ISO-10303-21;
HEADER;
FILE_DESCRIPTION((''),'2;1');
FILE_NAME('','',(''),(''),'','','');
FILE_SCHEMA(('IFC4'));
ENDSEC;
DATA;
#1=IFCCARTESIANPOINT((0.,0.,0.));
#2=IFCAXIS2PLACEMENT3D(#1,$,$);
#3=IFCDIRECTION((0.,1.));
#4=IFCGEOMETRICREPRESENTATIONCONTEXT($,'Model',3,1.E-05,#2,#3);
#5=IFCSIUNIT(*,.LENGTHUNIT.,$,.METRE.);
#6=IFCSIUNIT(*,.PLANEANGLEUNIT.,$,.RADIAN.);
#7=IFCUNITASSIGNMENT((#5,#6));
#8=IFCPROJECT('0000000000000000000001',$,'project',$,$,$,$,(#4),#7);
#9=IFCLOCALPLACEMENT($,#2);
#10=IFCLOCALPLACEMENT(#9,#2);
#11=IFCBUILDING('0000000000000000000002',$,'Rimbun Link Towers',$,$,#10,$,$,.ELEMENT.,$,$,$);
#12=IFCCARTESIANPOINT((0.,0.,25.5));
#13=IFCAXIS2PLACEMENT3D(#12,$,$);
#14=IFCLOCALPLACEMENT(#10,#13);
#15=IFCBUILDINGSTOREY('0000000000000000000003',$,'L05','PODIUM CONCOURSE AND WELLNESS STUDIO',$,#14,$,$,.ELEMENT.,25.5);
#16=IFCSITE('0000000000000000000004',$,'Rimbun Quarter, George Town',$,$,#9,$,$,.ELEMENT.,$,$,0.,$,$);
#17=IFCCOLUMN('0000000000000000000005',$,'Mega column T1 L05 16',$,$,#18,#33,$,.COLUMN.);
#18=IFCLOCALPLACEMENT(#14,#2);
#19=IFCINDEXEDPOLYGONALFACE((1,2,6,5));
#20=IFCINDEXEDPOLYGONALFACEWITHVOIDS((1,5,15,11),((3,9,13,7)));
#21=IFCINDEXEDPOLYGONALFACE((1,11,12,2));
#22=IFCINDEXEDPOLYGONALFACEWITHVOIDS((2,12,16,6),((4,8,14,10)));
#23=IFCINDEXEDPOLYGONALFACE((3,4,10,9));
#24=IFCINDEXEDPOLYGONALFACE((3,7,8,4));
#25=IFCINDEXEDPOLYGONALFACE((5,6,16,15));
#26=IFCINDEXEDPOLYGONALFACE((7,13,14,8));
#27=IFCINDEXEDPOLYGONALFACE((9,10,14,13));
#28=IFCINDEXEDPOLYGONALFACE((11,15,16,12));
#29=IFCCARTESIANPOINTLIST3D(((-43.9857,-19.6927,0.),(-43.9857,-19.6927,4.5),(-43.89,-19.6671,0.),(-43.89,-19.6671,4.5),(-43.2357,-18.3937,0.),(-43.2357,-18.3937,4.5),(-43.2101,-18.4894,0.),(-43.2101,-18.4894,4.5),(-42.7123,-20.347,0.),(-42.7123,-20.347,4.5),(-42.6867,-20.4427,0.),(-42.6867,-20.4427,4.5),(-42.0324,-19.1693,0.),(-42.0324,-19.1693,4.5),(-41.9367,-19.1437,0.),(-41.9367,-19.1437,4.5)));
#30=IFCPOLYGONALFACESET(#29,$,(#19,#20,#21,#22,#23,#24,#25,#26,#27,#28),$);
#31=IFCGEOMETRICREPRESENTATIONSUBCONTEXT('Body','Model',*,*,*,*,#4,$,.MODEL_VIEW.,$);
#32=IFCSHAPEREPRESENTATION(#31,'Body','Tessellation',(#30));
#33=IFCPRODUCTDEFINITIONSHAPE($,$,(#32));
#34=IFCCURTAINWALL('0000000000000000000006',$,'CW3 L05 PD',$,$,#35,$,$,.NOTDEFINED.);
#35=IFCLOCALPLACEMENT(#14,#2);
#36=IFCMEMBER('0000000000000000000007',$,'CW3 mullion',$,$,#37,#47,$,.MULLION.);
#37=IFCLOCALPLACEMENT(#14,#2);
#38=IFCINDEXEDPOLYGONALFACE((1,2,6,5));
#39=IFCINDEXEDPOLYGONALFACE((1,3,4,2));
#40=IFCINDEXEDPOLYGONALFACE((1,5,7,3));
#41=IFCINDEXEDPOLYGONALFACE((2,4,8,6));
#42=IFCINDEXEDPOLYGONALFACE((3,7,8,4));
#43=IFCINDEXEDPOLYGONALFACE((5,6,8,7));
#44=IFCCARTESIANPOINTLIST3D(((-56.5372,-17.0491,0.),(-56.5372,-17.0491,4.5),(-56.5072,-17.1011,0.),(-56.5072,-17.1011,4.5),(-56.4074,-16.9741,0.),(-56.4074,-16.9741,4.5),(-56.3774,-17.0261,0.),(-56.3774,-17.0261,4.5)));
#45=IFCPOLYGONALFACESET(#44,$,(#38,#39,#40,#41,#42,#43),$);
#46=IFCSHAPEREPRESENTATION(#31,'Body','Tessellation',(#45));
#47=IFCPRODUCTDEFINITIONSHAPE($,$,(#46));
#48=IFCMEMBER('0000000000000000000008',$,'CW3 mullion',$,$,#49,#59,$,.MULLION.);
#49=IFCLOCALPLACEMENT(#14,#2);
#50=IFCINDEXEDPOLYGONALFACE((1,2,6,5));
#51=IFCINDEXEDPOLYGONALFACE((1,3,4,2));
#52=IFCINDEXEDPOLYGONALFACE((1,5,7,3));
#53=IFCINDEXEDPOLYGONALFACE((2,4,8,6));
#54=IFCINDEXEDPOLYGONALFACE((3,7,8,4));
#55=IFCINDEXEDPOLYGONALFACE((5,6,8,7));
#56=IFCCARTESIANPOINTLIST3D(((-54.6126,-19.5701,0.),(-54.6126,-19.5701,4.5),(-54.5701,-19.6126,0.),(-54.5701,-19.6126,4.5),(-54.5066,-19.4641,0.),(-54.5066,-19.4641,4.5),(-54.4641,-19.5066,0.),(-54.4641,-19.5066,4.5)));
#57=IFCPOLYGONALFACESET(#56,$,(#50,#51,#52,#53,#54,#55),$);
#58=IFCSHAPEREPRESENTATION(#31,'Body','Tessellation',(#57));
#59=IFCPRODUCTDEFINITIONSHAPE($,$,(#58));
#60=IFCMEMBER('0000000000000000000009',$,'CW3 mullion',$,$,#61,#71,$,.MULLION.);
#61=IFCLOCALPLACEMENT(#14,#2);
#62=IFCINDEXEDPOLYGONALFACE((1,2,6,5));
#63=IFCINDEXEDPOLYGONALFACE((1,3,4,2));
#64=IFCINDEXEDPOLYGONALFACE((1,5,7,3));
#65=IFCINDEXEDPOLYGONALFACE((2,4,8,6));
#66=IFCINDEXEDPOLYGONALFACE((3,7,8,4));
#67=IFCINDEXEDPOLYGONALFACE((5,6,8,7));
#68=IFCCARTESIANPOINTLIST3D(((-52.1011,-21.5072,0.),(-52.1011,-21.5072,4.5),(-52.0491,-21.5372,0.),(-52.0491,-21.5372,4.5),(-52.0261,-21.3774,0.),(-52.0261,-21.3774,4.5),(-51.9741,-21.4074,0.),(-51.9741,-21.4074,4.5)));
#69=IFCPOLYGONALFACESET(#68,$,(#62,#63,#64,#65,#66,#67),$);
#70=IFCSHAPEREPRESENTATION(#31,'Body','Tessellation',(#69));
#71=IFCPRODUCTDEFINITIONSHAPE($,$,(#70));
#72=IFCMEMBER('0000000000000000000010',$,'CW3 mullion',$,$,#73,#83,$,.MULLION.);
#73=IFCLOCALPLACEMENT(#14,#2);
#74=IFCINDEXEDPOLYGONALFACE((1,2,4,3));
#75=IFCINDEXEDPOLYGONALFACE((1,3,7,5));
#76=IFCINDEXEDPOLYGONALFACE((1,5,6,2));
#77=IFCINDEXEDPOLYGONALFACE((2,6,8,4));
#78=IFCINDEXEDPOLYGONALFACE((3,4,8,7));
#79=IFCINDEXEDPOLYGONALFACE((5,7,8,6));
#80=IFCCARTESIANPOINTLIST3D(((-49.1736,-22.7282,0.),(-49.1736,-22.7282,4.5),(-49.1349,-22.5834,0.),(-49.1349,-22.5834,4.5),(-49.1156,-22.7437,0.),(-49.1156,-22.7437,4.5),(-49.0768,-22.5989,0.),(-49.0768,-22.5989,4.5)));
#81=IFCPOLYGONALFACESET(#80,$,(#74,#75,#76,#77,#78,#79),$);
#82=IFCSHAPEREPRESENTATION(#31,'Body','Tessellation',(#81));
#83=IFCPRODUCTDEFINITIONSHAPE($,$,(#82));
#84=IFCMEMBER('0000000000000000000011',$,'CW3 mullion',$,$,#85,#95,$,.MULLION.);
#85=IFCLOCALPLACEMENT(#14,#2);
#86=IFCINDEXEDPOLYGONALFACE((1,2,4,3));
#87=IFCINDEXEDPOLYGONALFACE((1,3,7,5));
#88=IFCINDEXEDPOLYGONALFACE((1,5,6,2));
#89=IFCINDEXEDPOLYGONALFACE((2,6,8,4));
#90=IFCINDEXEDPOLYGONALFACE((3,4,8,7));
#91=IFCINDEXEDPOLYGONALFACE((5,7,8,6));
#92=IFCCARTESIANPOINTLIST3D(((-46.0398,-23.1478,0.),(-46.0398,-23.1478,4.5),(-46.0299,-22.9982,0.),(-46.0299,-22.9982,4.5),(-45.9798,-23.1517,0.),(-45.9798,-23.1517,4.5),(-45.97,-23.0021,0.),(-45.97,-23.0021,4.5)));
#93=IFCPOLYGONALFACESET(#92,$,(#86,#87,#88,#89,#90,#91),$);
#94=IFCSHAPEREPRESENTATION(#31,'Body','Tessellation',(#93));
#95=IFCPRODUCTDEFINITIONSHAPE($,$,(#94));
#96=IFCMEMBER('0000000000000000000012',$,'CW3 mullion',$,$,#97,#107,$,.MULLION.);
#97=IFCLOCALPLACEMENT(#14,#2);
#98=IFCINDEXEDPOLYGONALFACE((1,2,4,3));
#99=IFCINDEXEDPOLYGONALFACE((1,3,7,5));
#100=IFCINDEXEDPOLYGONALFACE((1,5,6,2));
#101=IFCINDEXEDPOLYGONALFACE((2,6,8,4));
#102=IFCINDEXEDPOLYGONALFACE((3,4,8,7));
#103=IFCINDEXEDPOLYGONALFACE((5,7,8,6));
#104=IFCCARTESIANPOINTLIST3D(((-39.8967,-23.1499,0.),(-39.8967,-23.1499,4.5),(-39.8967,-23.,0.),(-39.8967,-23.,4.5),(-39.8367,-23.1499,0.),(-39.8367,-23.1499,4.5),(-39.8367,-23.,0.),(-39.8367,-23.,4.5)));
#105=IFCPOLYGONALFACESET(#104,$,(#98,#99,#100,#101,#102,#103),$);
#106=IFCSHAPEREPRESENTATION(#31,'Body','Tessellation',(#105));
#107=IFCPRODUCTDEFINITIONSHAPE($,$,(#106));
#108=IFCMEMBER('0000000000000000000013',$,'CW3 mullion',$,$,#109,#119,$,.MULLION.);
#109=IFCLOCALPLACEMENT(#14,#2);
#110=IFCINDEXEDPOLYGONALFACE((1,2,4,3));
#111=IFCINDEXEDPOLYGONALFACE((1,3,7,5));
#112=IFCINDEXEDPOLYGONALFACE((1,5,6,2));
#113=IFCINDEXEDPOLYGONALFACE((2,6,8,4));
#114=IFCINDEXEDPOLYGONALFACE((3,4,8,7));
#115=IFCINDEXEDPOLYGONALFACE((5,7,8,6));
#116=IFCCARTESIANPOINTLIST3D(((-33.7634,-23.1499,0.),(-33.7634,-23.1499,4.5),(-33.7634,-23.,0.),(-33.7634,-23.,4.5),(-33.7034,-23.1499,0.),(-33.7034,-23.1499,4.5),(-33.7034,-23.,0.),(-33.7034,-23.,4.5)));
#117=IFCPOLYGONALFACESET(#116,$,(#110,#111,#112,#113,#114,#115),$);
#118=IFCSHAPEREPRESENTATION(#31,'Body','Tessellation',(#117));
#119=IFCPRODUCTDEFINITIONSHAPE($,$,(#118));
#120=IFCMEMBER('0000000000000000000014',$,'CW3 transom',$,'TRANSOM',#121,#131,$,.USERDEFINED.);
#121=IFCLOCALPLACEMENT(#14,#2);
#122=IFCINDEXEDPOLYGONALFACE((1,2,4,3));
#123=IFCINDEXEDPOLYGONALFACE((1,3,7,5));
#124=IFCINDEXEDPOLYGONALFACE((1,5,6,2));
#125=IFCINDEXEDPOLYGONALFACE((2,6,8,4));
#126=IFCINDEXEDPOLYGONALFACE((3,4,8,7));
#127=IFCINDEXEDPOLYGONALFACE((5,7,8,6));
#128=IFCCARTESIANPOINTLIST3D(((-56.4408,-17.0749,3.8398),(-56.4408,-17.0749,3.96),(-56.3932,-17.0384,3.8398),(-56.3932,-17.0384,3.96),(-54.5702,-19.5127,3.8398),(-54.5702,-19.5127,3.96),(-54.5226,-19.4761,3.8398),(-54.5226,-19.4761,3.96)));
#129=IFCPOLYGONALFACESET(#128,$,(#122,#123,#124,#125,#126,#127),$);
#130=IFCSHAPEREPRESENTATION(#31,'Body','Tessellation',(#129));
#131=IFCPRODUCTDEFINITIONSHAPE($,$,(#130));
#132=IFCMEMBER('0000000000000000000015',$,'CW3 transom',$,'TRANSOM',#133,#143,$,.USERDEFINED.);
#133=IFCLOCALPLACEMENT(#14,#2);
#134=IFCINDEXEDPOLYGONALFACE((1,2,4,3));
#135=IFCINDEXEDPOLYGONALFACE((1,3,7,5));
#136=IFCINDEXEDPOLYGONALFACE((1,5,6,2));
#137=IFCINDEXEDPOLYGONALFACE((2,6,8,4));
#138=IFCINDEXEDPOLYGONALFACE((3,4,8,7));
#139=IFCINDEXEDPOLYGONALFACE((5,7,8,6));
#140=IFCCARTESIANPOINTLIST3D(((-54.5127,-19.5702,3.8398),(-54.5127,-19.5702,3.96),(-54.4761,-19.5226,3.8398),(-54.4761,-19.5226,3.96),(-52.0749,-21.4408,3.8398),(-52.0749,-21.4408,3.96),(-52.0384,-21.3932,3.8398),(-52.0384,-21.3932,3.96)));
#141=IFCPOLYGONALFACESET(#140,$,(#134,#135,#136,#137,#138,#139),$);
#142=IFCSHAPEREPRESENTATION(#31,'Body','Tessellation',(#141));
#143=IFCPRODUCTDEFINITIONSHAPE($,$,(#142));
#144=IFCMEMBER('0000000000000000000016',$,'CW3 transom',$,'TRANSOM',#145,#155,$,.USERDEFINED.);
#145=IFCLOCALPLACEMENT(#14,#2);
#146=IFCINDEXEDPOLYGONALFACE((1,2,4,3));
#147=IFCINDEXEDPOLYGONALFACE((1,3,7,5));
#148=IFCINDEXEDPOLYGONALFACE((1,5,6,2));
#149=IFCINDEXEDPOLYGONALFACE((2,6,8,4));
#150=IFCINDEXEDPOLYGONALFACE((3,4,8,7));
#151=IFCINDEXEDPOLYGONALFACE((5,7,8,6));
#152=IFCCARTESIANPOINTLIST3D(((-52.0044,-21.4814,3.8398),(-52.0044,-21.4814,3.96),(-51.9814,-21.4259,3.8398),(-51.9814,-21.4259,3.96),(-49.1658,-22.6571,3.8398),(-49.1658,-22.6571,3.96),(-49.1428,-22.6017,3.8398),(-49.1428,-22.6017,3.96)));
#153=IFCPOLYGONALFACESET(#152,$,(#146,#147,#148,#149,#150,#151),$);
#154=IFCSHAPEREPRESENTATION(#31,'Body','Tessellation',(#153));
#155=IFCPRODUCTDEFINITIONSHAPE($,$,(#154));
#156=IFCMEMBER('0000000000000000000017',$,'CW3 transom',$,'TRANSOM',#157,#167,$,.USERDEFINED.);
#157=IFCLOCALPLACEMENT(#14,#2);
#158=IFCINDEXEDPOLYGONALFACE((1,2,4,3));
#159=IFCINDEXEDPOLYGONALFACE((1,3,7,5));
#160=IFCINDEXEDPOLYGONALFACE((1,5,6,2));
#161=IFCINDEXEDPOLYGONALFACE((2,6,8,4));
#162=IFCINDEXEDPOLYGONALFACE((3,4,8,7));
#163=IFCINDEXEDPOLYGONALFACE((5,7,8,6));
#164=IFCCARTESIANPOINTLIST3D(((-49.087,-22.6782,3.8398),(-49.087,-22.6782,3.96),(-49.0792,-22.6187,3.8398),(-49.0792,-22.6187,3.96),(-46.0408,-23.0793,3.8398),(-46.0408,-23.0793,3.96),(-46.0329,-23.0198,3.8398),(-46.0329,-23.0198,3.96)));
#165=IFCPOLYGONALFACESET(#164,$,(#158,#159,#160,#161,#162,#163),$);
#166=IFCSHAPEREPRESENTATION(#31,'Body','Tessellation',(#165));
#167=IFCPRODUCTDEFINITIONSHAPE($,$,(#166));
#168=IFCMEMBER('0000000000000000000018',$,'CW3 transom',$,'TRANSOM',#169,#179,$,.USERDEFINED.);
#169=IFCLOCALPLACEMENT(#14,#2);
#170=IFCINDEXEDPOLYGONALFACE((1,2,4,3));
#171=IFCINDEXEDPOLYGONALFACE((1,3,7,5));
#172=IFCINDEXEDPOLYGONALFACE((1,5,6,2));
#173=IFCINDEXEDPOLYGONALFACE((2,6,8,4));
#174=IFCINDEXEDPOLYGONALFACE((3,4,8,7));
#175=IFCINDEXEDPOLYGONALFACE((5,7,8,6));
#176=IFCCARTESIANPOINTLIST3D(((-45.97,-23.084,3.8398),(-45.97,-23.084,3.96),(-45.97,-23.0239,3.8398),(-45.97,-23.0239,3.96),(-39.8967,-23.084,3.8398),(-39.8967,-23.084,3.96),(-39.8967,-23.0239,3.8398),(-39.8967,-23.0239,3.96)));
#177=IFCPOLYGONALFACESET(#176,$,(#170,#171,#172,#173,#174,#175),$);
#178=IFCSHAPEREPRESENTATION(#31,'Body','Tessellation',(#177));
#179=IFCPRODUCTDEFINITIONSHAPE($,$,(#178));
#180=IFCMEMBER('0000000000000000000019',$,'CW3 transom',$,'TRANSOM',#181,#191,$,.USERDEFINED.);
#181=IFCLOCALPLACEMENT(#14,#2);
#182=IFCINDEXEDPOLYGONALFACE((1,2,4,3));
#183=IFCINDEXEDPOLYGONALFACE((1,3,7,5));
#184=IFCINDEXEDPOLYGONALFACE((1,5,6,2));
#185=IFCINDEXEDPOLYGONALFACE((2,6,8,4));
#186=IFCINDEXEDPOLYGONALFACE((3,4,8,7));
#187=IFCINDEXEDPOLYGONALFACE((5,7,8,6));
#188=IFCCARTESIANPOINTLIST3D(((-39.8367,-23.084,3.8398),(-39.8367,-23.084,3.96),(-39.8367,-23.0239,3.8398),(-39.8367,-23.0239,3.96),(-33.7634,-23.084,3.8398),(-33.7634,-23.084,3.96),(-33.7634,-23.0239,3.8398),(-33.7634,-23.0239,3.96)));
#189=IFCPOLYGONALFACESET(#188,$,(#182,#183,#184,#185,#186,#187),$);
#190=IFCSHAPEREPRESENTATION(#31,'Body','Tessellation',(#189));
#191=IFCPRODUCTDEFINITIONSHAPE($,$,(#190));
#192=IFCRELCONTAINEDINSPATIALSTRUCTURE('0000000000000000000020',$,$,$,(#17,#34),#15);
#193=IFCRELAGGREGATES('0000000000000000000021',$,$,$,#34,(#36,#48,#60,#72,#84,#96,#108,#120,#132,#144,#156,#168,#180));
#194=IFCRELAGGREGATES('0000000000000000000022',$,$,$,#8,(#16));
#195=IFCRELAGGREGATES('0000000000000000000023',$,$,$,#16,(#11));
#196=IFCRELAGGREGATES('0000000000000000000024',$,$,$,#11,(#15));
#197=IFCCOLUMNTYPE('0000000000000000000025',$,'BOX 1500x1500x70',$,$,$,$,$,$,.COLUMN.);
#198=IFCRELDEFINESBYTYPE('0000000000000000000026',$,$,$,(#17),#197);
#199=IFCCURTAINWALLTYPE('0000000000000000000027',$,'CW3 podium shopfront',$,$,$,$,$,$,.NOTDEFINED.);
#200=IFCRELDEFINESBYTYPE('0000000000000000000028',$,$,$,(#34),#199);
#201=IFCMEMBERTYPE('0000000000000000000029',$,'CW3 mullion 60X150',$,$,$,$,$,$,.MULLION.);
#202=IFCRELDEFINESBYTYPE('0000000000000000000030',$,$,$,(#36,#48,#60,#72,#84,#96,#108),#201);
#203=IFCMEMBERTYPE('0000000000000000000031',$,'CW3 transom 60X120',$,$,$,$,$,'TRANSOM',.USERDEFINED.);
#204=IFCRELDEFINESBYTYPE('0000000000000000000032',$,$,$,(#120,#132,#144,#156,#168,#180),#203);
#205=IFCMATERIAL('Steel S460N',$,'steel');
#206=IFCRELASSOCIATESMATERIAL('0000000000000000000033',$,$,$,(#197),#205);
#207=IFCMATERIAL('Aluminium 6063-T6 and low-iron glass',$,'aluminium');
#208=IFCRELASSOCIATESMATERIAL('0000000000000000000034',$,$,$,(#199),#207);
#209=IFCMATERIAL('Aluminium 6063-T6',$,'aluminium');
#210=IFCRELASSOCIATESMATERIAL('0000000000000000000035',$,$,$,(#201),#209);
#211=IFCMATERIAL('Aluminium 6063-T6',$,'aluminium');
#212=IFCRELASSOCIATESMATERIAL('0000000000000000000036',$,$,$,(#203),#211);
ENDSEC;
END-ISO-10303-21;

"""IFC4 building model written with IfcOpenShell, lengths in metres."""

from ifc_helpers import new_model, si_unit, direction, frame, origin, origin_2d, place, context, subcontext, project, spatial, rectangle, hollow_rectangle, extrude, material, material_profile, profile_set, type_object, element, aggregate, save


model = new_model("IFC4")

# Units and contexts
model_context = context("Model", 3, precision=1e-05, world=origin(), true_north=direction((0.0, 1.0)))
body_context = subcontext(model_context, "Body", "Model", "MODEL_VIEW")
ifc_project = project(units=[si_unit("LENGTHUNIT", "METRE"), si_unit("PLANEANGLEUNIT", "RADIAN")], contexts=[model_context])

# Site, building, storey
site_placement = place(None, origin())
site = spatial("IfcSite", under=ifc_project, at=site_placement, Name="Rimbun Quarter, George Town", CompositionType="ELEMENT", RefElevation=0.0)
building_placement = place(site_placement, origin())
building = spatial("IfcBuilding", under=site, at=building_placement, Name="Rimbun Link Towers", CompositionType="ELEMENT")
storey_placement = place(building_placement, frame((0.0, 0.0, 25.5)))
storey = spatial("IfcBuildingStorey", under=building, at=storey_placement, Name="L05", Description="PODIUM CONCOURSE AND WELLNESS STUDIO", CompositionType="ELEMENT", Elevation=25.5)

# Column
ifc_material_1 = material(Name="Steel S460N", Category="steel")
ifc_material_profile_1 = material_profile(ifc_material_1, hollow_rectangle(XDim=1.5, YDim=1.5, WallThickness=0.0701, at=origin_2d()), Name="BOX 1500x1500x70")
ifc_profile_set_1 = profile_set([ifc_material_profile_1], Name="Steel S460N")
column_type = type_object("IfcColumnType", Name="BOX 1500x1500x70", PredefinedType="COLUMN", material=ifc_profile_set_1)
column_placement = place(storey_placement, frame((-42.9612, -19.4182, 0.0), z_axis=(0.0, 0.0, 1.0), x_axis=(-0.5, -0.866025, 0.0)))
element("IfcColumn", 1, at=column_placement, inside=storey, type_object=column_type, Name="Mega column T1 L05 16", PredefinedType="COLUMN", context=body_context, shape_type="SweptSolid", body=[
    extrude(hollow_rectangle(XDim=1.5, YDim=1.5, WallThickness=0.0701, at=origin_2d()), origin(), (0.0, 0.0, 1.0), 4.5),
])

# Curtain wall, members
ifc_material_2 = material(Name="Aluminium 6063-T6 and low-iron glass", Category="aluminium")
curtain_wall_type = type_object("IfcCurtainWallType", Name="CW3 podium shopfront", PredefinedType="NOTDEFINED", material=ifc_material_2)
curtain_wall_placement = place(storey_placement, origin())
curtain_wall = element("IfcCurtainWall", 2, at=curtain_wall_placement, inside=storey, type_object=curtain_wall_type, Name="CW3 L05 PD", PredefinedType="NOTDEFINED")
ifc_material_3 = material(Name="Aluminium 6063-T6", Category="aluminium")
ifc_material_profile_2 = material_profile(ifc_material_3, rectangle(XDim=0.1499, YDim=0.0601, at=origin_2d()), Name="MULLION 60X150")
ifc_profile_set_2 = profile_set([ifc_material_profile_2], Name="Aluminium 6063-T6")
member_type_1 = type_object("IfcMemberType", Name="CW3 mullion 60X150", PredefinedType="MULLION", material=ifc_profile_set_2)
member_1_placement = place(storey_placement, frame((-56.4573, -17.0376, 0.0), z_axis=(0.0, 0.0, 1.0), x_axis=(-0.866029, -0.499994, 0.0)))
member_1 = element("IfcMember", 3, at=member_1_placement, type_object=member_type_1, Name="CW3 mullion", PredefinedType="MULLION", context=body_context, shape_type="SweptSolid", body=[
    extrude(rectangle(XDim=0.1499, YDim=0.0601, at=origin_2d()), origin(), (0.0, 0.0, 1.0), 4.5),
])
member_2_placement = place(storey_placement, frame((-54.5383, -19.5383, 0.0), z_axis=(0.0, 0.0, 1.0), x_axis=(-0.707107, -0.707107, 0.0)))
member_2 = element("IfcMember", 4, at=member_2_placement, type_object=member_type_1, Name="CW3 mullion", PredefinedType="MULLION", context=body_context, shape_type="SweptSolid", body=[
    extrude(rectangle(XDim=0.1499, YDim=0.0601, at=origin_2d()), origin(), (0.0, 0.0, 1.0), 4.5),
])
member_3_placement = place(storey_placement, frame((-52.0376, -21.4573, 0.0), z_axis=(0.0, 0.0, 1.0), x_axis=(-0.499994, -0.866029, 0.0)))
member_3 = element("IfcMember", 5, at=member_3_placement, type_object=member_type_1, Name="CW3 mullion", PredefinedType="MULLION", context=body_context, shape_type="SweptSolid", body=[
    extrude(rectangle(XDim=0.1499, YDim=0.0601, at=origin_2d()), origin(), (0.0, 0.0, 1.0), 4.5),
])
member_4_placement = place(storey_placement, frame((-49.1252, -22.6636, 0.0), z_axis=(0.0, 0.0, 1.0), x_axis=(-0.258819, -0.965926, 0.0)))
member_4 = element("IfcMember", 6, at=member_4_placement, type_object=member_type_1, Name="CW3 mullion", PredefinedType="MULLION", context=body_context, shape_type="SweptSolid", body=[
    extrude(rectangle(XDim=0.1499, YDim=0.0601, at=origin_2d()), origin(), (0.0, 0.0, 1.0), 4.5),
])
member_5_placement = place(storey_placement, frame((-46.0049, -23.075, 0.0), z_axis=(0.0, 0.0, 1.0), x_axis=(-0.065405, -0.997859, 0.0)))
member_5 = element("IfcMember", 7, at=member_5_placement, type_object=member_type_1, Name="CW3 mullion", PredefinedType="MULLION", context=body_context, shape_type="SweptSolid", body=[
    extrude(rectangle(XDim=0.1499, YDim=0.0601, at=origin_2d()), origin(), (0.0, 0.0, 1.0), 4.5),
])
member_6_placement = place(storey_placement, frame((-39.8667, -23.075, 0.0), z_axis=(0.0, 0.0, 1.0), x_axis=(0.0, -1.0, 0.0)))
member_6 = element("IfcMember", 8, at=member_6_placement, type_object=member_type_1, Name="CW3 mullion", PredefinedType="MULLION", context=body_context, shape_type="SweptSolid", body=[
    extrude(rectangle(XDim=0.1499, YDim=0.0601, at=origin_2d()), origin(), (0.0, 0.0, 1.0), 4.5),
])
member_7_placement = place(storey_placement, frame((-33.7334, -23.075, 0.0), z_axis=(0.0, 0.0, 1.0), x_axis=(0.0, -1.0, 0.0)))
member_7 = element("IfcMember", 9, at=member_7_placement, type_object=member_type_1, Name="CW3 mullion", PredefinedType="MULLION", context=body_context, shape_type="SweptSolid", body=[
    extrude(rectangle(XDim=0.1499, YDim=0.0601, at=origin_2d()), origin(), (0.0, 0.0, 1.0), 4.5),
])
ifc_material_4 = material(Name="Aluminium 6063-T6", Category="aluminium")
ifc_material_profile_3 = material_profile(ifc_material_4, rectangle(XDim=0.0601, YDim=0.1201, at=origin_2d()), Name="TRANSOM 60X120")
ifc_profile_set_3 = profile_set([ifc_material_profile_3], Name="Aluminium 6063-T6")
member_type_2 = type_object("IfcMemberType", Name="CW3 transom 60X120", ElementType="TRANSOM", PredefinedType="USERDEFINED", material=ifc_profile_set_3)
member_8_placement = place(storey_placement, frame((-54.5464, -19.4944, 3.8999), z_axis=(-0.608773, 0.793344, 0.0), x_axis=(-0.793344, -0.608773, 0.0)))
member_8 = element("IfcMember", 10, at=member_8_placement, type_object=member_type_2, Name="CW3 transom", ObjectType="TRANSOM", PredefinedType="USERDEFINED", context=body_context, shape_type="SweptSolid", body=[
    extrude(rectangle(XDim=0.0601, YDim=0.1201, at=origin_2d()), origin(), (0.0, 0.0, 1.0), 3.0728),
])
member_9_placement = place(storey_placement, frame((-52.0566, -21.417, 3.8999), z_axis=(-0.793344, 0.608773, 0.0), x_axis=(-0.608773, -0.793344, 0.0)))
member_9 = element("IfcMember", 11, at=member_9_placement, type_object=member_type_2, Name="CW3 transom", ObjectType="TRANSOM", PredefinedType="USERDEFINED", context=body_context, shape_type="SweptSolid", body=[
    extrude(rectangle(XDim=0.0601, YDim=0.1201, at=origin_2d()), origin(), (0.0, 0.0, 1.0), 3.0728),
])
member_10_placement = place(storey_placement, frame((-49.1543, -22.6294, 3.8999), z_axis=(-0.923881, 0.382679, 0.0), x_axis=(-0.382679, -0.923881, 0.0)))
member_10 = element("IfcMember", 12, at=member_10_placement, type_object=member_type_2, Name="CW3 transom", ObjectType="TRANSOM", PredefinedType="USERDEFINED", context=body_context, shape_type="SweptSolid", body=[
    extrude(rectangle(XDim=0.0601, YDim=0.1201, at=origin_2d()), origin(), (0.0, 0.0, 1.0), 3.0725),
])
member_11_placement = place(storey_placement, frame((-46.0369, -23.0496, 3.8999), z_axis=(-0.991441, 0.130555, 0.0), x_axis=(-0.130555, -0.991441, 0.0)))
member_11 = element("IfcMember", 13, at=member_11_placement, type_object=member_type_2, Name="CW3 transom", ObjectType="TRANSOM", PredefinedType="USERDEFINED", context=body_context, shape_type="SweptSolid", body=[
    extrude(rectangle(XDim=0.0601, YDim=0.1201, at=origin_2d()), origin(), (0.0, 0.0, 1.0), 3.0725),
])
member_12_placement = place(storey_placement, frame((-39.8967, -23.054, 3.8999), z_axis=(-1.0, 0.0, 0.0), x_axis=(0.0, -1.0, 0.0)))
member_12 = element("IfcMember", 14, at=member_12_placement, type_object=member_type_2, Name="CW3 transom", ObjectType="TRANSOM", PredefinedType="USERDEFINED", context=body_context, shape_type="SweptSolid", body=[
    extrude(rectangle(XDim=0.0601, YDim=0.1201, at=origin_2d()), origin(), (0.0, 0.0, 1.0), 6.0732),
])
member_13_placement = place(storey_placement, frame((-33.7634, -23.054, 3.8999), z_axis=(-1.0, 0.0, 0.0), x_axis=(0.0, -1.0, 0.0)))
member_13 = element("IfcMember", 15, at=member_13_placement, type_object=member_type_2, Name="CW3 transom", ObjectType="TRANSOM", PredefinedType="USERDEFINED", context=body_context, shape_type="SweptSolid", body=[
    extrude(rectangle(XDim=0.0601, YDim=0.1201, at=origin_2d()), origin(), (0.0, 0.0, 1.0), 6.0732),
])

aggregate(curtain_wall, [member_1, member_2, member_3, member_4, member_5, member_6, member_7, member_8, member_9, member_10, member_11, member_12, member_13])

save(model, "model.ifc")
